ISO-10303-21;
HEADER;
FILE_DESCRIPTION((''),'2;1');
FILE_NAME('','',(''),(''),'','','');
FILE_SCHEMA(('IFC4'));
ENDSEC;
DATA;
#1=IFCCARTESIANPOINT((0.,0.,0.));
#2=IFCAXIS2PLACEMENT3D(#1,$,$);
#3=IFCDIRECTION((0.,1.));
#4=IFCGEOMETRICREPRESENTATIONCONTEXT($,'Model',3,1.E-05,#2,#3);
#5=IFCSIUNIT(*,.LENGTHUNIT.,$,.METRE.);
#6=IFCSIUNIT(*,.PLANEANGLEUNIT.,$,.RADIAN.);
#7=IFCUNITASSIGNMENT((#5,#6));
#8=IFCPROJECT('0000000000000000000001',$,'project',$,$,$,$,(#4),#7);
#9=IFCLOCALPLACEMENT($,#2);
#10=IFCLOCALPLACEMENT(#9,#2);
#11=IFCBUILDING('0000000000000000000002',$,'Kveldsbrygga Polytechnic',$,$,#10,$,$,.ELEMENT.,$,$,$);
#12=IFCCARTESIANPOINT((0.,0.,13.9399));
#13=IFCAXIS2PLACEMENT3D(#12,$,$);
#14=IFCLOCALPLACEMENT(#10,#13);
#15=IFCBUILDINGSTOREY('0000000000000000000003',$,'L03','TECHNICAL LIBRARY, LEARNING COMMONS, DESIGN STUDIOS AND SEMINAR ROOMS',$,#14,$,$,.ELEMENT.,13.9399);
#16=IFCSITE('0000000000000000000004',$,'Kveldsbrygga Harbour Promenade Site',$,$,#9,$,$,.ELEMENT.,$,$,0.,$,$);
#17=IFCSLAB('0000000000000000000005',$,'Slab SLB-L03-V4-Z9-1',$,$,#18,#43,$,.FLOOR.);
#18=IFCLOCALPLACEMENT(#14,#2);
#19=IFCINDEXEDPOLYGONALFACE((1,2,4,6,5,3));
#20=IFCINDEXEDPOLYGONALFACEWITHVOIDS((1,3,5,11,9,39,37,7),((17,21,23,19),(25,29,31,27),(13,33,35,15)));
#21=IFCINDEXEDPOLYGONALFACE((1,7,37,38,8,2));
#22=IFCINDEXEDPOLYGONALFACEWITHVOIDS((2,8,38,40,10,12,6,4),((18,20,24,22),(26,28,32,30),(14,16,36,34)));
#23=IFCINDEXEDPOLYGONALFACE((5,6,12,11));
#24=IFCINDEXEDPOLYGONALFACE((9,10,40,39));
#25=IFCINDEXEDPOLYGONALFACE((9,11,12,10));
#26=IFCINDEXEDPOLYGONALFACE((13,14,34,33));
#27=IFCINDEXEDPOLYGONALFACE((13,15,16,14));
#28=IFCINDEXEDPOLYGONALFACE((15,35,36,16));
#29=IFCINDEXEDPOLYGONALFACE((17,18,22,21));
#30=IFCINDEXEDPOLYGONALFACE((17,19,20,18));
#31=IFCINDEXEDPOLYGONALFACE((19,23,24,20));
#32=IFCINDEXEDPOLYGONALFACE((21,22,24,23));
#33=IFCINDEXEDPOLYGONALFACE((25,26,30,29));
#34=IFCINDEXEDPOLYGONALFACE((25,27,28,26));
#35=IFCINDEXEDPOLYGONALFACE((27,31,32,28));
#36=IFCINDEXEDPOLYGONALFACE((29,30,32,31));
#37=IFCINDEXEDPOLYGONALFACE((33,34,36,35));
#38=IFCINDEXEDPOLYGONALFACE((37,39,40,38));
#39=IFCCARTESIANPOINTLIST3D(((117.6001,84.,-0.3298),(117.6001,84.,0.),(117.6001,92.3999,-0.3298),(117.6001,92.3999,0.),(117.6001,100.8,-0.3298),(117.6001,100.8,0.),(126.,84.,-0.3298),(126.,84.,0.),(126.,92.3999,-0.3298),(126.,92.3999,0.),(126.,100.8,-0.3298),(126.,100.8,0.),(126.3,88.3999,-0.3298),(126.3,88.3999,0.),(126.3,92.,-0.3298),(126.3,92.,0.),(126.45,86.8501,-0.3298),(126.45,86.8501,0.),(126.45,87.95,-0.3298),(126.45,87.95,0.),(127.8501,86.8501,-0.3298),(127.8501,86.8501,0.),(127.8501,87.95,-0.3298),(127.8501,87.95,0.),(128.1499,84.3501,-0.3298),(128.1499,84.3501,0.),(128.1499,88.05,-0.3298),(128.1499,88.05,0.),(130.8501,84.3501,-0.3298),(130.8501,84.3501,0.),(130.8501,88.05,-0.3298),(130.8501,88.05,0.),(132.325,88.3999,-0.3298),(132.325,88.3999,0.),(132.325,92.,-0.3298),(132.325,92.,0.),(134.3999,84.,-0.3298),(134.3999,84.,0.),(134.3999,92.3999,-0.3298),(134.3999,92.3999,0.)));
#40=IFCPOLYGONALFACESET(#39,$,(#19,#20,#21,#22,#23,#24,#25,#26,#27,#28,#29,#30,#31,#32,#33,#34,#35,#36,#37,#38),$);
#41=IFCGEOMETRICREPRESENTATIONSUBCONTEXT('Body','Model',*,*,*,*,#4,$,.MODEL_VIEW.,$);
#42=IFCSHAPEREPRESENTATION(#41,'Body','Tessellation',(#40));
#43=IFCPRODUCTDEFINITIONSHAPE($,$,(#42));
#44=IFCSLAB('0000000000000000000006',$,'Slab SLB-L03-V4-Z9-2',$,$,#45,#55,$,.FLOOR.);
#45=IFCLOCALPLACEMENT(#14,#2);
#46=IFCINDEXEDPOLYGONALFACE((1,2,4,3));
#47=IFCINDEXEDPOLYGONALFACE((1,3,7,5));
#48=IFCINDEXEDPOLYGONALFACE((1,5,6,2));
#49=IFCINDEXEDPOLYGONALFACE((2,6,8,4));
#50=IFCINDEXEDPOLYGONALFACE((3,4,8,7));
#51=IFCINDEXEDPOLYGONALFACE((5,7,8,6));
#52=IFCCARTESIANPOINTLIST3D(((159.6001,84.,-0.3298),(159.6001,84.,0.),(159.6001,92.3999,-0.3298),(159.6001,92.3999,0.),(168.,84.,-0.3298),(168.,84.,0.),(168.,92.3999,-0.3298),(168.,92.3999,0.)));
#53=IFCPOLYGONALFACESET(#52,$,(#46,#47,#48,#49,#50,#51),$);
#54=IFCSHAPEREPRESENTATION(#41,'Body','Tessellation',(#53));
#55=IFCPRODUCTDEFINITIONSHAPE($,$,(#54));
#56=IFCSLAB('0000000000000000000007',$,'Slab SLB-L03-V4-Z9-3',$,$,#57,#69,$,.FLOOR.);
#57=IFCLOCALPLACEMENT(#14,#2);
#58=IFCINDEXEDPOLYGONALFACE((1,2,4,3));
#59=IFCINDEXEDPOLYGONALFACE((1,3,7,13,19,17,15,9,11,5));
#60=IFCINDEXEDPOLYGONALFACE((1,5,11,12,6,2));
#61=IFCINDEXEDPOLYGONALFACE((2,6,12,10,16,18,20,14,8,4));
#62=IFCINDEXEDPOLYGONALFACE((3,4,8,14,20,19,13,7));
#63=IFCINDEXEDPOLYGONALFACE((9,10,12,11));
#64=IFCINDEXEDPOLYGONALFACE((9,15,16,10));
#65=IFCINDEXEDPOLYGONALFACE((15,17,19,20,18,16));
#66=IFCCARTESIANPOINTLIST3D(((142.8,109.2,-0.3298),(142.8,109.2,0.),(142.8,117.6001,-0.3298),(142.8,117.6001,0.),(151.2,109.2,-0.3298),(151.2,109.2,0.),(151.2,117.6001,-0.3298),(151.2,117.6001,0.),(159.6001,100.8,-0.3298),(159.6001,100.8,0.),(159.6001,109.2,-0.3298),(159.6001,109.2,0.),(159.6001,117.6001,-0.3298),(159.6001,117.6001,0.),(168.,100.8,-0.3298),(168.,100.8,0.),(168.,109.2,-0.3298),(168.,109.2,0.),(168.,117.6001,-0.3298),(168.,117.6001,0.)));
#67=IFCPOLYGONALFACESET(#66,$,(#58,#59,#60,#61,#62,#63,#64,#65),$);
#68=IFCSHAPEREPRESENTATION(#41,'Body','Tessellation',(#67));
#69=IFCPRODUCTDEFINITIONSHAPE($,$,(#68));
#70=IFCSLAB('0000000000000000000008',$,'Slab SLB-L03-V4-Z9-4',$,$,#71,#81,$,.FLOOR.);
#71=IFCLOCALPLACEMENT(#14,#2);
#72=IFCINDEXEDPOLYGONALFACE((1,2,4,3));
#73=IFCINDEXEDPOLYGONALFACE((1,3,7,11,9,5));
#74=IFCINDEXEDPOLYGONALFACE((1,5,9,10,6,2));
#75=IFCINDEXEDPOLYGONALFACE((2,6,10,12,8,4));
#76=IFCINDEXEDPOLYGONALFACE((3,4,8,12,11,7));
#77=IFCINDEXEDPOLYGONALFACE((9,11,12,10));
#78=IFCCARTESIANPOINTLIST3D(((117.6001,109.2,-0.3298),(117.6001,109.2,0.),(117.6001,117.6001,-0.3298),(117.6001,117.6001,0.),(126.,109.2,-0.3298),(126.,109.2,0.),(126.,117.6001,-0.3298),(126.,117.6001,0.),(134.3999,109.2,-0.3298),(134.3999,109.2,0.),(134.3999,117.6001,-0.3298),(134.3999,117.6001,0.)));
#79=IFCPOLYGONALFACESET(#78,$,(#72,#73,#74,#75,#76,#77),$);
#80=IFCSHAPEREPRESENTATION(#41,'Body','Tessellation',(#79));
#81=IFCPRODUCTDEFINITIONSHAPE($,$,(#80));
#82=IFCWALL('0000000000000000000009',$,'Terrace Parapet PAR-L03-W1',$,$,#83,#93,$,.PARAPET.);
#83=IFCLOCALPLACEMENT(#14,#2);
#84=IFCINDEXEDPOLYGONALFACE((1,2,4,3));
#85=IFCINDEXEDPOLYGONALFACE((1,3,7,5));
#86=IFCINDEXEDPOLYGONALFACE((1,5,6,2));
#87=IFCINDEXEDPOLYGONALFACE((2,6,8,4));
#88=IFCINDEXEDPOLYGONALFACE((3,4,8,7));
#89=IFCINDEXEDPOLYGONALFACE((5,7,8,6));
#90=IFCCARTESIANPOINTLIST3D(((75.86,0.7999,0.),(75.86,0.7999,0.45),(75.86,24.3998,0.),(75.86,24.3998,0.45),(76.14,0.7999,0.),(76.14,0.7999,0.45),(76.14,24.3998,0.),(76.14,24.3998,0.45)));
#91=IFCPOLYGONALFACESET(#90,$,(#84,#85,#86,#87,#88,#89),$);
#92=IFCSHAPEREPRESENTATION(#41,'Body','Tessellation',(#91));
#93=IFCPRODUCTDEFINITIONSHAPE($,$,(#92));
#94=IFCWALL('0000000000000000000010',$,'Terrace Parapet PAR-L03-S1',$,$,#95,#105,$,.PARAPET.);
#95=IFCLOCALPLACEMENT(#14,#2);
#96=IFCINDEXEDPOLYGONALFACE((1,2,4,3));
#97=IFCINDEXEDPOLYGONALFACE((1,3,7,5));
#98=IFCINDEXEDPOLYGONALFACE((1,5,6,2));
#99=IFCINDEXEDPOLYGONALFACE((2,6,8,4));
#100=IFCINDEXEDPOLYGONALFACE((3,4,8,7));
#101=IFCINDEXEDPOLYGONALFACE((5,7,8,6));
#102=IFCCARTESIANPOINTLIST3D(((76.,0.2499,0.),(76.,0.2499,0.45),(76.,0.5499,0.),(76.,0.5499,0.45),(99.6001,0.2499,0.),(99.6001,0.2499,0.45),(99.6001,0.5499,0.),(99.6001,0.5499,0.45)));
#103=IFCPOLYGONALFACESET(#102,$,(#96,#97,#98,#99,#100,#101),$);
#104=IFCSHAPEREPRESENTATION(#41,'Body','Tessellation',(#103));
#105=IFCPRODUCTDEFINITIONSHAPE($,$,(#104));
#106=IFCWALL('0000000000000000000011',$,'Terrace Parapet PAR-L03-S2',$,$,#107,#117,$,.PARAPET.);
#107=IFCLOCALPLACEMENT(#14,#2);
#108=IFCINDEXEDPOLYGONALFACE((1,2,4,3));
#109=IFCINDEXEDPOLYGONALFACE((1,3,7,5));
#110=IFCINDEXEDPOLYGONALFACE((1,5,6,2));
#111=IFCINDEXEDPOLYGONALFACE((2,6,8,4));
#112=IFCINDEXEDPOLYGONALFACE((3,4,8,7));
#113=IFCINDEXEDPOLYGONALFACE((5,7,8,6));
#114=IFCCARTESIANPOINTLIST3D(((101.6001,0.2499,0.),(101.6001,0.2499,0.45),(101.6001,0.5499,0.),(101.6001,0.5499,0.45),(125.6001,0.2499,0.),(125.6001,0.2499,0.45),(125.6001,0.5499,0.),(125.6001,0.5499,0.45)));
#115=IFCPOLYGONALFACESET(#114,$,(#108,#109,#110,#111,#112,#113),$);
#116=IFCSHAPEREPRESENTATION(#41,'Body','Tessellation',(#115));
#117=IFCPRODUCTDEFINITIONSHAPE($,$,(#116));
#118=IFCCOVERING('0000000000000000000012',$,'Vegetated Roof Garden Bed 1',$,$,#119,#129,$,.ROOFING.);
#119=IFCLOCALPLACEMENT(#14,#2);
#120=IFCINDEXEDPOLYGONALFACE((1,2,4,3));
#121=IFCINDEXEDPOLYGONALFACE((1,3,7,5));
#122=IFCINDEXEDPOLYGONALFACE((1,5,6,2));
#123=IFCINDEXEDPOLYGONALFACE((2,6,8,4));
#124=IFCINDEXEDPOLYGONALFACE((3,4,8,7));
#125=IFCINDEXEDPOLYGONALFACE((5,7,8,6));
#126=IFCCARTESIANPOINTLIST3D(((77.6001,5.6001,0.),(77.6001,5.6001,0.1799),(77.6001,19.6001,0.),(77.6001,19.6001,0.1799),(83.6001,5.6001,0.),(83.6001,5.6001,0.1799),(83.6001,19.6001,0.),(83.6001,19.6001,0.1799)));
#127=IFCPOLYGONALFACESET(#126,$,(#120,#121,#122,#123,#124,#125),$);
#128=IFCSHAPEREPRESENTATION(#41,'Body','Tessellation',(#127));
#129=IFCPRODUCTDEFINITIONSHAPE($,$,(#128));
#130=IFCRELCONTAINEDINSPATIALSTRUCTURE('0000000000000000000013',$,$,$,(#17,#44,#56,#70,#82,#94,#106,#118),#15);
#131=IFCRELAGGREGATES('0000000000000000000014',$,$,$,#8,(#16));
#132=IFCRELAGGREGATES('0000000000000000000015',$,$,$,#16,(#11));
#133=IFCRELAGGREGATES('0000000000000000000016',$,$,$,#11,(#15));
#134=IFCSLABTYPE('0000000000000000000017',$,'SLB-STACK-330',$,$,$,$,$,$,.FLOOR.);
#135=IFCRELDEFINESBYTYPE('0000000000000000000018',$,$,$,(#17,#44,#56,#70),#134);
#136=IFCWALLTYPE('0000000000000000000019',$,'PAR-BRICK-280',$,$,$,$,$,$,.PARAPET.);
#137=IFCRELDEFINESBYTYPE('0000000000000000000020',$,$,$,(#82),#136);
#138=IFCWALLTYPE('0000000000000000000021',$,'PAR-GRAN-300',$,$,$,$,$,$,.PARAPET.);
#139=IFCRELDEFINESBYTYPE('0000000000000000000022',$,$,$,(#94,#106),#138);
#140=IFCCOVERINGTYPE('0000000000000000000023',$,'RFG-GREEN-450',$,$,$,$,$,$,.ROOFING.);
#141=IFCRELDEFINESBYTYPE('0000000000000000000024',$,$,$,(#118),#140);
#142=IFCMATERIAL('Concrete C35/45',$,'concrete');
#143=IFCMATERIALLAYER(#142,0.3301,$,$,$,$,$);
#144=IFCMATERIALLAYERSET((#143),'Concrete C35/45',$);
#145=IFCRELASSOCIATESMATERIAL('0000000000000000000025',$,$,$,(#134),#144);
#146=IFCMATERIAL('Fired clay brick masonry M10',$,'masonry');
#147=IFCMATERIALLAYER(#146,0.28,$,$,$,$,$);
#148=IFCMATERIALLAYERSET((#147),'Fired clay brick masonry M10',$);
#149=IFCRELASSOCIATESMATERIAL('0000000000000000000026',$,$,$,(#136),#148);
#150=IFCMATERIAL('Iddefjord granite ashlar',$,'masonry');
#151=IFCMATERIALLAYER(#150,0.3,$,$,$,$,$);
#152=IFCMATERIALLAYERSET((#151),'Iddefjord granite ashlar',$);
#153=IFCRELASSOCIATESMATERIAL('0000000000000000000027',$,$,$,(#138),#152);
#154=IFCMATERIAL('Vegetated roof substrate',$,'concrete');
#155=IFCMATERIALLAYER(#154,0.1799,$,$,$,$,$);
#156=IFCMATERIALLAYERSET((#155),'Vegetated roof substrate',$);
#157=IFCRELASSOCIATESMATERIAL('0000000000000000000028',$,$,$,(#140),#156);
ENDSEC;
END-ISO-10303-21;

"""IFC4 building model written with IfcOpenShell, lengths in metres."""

from ifc_helpers import new_model, si_unit, direction, frame, frame_2d, origin, origin_2d, place, context, subcontext, project, spatial, polyline, rectangle, outline, extrude, material, layer, layer_set, type_object, element, save


model = new_model("IFC4")

# Units and contexts
model_context = context("Model", 3, precision=1e-05, world=origin(), true_north=direction((0.0, 1.0)))
body_context = subcontext(model_context, "Body", "Model", "MODEL_VIEW")
ifc_project = project(units=[si_unit("LENGTHUNIT", "METRE"), si_unit("PLANEANGLEUNIT", "RADIAN")], contexts=[model_context])

# Site, building, storey
site_placement = place(None, origin())
site = spatial("IfcSite", under=ifc_project, at=site_placement, Name="Kveldsbrygga Harbour Promenade Site", CompositionType="ELEMENT", RefElevation=0.0)
building_placement = place(site_placement, origin())
building = spatial("IfcBuilding", under=site, at=building_placement, Name="Kveldsbrygga Polytechnic", CompositionType="ELEMENT")
storey_placement = place(building_placement, frame((0.0, 0.0, 13.9399)))
storey = spatial("IfcBuildingStorey", under=building, at=storey_placement, Name="L03", Description="TECHNICAL LIBRARY, LEARNING COMMONS, DESIGN STUDIOS AND SEMINAR ROOMS", CompositionType="ELEMENT", Elevation=13.9399)

# Shared definitions
ifc_material_1 = material(Name="Concrete C35/45", Category="concrete")

# Slabs
ifc_layer_1 = layer(ifc_material_1, 0.3301)
ifc_layer_set_1 = layer_set([ifc_layer_1], Name="Concrete C35/45")
slab_type_1 = type_object("IfcSlabType", Name="SLB-STACK-330", PredefinedType="FLOOR", material=ifc_layer_set_1)
slab_1_placement = place(storey_placement, frame((0.0, 0.0, -0.3298)))
element("IfcSlab", 1, at=slab_1_placement, inside=storey, type_object=slab_type_1, Name="Slab SLB-L03-V4-Z9-1", PredefinedType="FLOOR", context=body_context, shape_type="SweptSolid", body=[
    extrude(outline(polyline([(117.6001, 100.8), (126.0, 100.8), (126.0, 92.3999), (134.3999, 92.3999), (134.3999, 84.0), (126.0, 84.0), (117.6001, 84.0), (117.6001, 92.3999), (117.6001, 100.8)]), holes=[polyline([(132.325, 92.0), (126.3, 92.0), (126.3, 88.3999), (132.325, 88.3999), (132.325, 92.0)]), polyline([(128.1499, 84.3501), (130.8501, 84.3501), (130.8501, 88.05), (128.1499, 88.05), (128.1499, 84.3501)]), polyline([(126.45, 86.8501), (127.8501, 86.8501), (127.8501, 87.95), (126.45, 87.95), (126.45, 86.8501)])]), origin(), (0.0, 0.0, 1.0), 0.3298),
])
slab_2_placement = place(storey_placement, frame((0.0, 0.0, -0.3298)))
element("IfcSlab", 2, at=slab_2_placement, inside=storey, type_object=slab_type_1, Name="Slab SLB-L03-V4-Z9-2", PredefinedType="FLOOR", context=body_context, shape_type="SweptSolid", body=[
    extrude(outline(polyline([(168.0, 92.3999), (168.0, 84.0), (159.6001, 84.0), (159.6001, 92.3999), (168.0, 92.3999)])), origin(), (0.0, 0.0, 1.0), 0.3298),
])
slab_3_placement = place(storey_placement, frame((0.0, 0.0, -0.3298)))
element("IfcSlab", 3, at=slab_3_placement, inside=storey, type_object=slab_type_1, Name="Slab SLB-L03-V4-Z9-3", PredefinedType="FLOOR", context=body_context, shape_type="SweptSolid", body=[
    extrude(outline(polyline([(168.0, 100.8), (159.6001, 100.8), (159.6001, 109.2), (151.2, 109.2), (142.8, 109.2), (142.8, 117.6001), (151.2, 117.6001), (159.6001, 117.6001), (168.0, 117.6001), (168.0, 109.2), (168.0, 100.8)])), origin(), (0.0, 0.0, 1.0), 0.3298),
])
slab_4_placement = place(storey_placement, frame((0.0, 0.0, -0.3298)))
element("IfcSlab", 4, at=slab_4_placement, inside=storey, type_object=slab_type_1, Name="Slab SLB-L03-V4-Z9-4", PredefinedType="FLOOR", context=body_context, shape_type="SweptSolid", body=[
    extrude(outline(polyline([(126.0, 117.6001), (134.3999, 117.6001), (134.3999, 109.2), (126.0, 109.2), (117.6001, 109.2), (117.6001, 117.6001), (126.0, 117.6001)])), origin(), (0.0, 0.0, 1.0), 0.3298),
])

# Walls
ifc_material_2 = material(Name="Fired clay brick masonry M10", Category="masonry")
ifc_layer_2 = layer(ifc_material_2, 0.28)
ifc_layer_set_2 = layer_set([ifc_layer_2], Name="Fired clay brick masonry M10")
wall_type_1 = type_object("IfcWallType", Name="PAR-BRICK-280", PredefinedType="PARAPET", material=ifc_layer_set_2)
wall_1_placement = place(storey_placement, frame((76.0, 0.8, 0.0), z_axis=(0.0, 0.0, 1.0), x_axis=(0.0, 1.0, 0.0)))
element("IfcWall", 5, at=wall_1_placement, inside=storey, type_object=wall_type_1, Name="Terrace Parapet PAR-L03-W1", PredefinedType="PARAPET", context=body_context, shape_type="SweptSolid", body=[
    extrude(rectangle(XDim=23.5999, YDim=0.28, at=frame_2d((11.7998, 0.0))), origin(), (0.0, 0.0, 1.0), 0.45),
])
ifc_material_3 = material(Name="Iddefjord granite ashlar", Category="masonry")
ifc_layer_3 = layer(ifc_material_3, 0.3)
ifc_layer_set_3 = layer_set([ifc_layer_3], Name="Iddefjord granite ashlar")
wall_type_2 = type_object("IfcWallType", Name="PAR-GRAN-300", PredefinedType="PARAPET", material=ifc_layer_set_3)
wall_2_placement = place(storey_placement, frame((76.0, 0.3999, 0.0), z_axis=(0.0, 0.0, 1.0), x_axis=(1.0, 0.0, 0.0)))
element("IfcWall", 6, at=wall_2_placement, inside=storey, type_object=wall_type_2, Name="Terrace Parapet PAR-L03-S1", PredefinedType="PARAPET", context=body_context, shape_type="SweptSolid", body=[
    extrude(rectangle(XDim=23.6001, YDim=0.3, at=frame_2d((11.8, 0.0))), origin(), (0.0, 0.0, 1.0), 0.45),
])
wall_3_placement = place(storey_placement, frame((101.6001, 0.3999, 0.0), z_axis=(0.0, 0.0, 1.0), x_axis=(1.0, 0.0, 0.0)))
element("IfcWall", 7, at=wall_3_placement, inside=storey, type_object=wall_type_2, Name="Terrace Parapet PAR-L03-S2", PredefinedType="PARAPET", context=body_context, shape_type="SweptSolid", body=[
    extrude(rectangle(XDim=24.0, YDim=0.3, at=frame_2d((12.0, 0.0))), origin(), (0.0, 0.0, 1.0), 0.45),
])

# Covering
ifc_material_4 = material(Name="Vegetated roof substrate", Category="concrete")
ifc_layer_4 = layer(ifc_material_4, 0.1799)
ifc_layer_set_4 = layer_set([ifc_layer_4], Name="Vegetated roof substrate")
covering_type = type_object("IfcCoveringType", Name="RFG-GREEN-450", PredefinedType="ROOFING", material=ifc_layer_set_4)
covering_placement = place(storey_placement, frame((80.6001, 12.6001, 0.0), z_axis=(0.0, 0.0, 1.0), x_axis=(1.0, 0.0, 0.0)))
element("IfcCovering", 8, at=covering_placement, inside=storey, type_object=covering_type, Name="Vegetated Roof Garden Bed 1", PredefinedType="ROOFING", context=body_context, shape_type="SweptSolid", body=[
    extrude(rectangle(XDim=6.0, YDim=14.0, at=origin_2d()), origin(), (0.0, 0.0, 1.0), 0.1799),
])

save(model, "model.ifc")
